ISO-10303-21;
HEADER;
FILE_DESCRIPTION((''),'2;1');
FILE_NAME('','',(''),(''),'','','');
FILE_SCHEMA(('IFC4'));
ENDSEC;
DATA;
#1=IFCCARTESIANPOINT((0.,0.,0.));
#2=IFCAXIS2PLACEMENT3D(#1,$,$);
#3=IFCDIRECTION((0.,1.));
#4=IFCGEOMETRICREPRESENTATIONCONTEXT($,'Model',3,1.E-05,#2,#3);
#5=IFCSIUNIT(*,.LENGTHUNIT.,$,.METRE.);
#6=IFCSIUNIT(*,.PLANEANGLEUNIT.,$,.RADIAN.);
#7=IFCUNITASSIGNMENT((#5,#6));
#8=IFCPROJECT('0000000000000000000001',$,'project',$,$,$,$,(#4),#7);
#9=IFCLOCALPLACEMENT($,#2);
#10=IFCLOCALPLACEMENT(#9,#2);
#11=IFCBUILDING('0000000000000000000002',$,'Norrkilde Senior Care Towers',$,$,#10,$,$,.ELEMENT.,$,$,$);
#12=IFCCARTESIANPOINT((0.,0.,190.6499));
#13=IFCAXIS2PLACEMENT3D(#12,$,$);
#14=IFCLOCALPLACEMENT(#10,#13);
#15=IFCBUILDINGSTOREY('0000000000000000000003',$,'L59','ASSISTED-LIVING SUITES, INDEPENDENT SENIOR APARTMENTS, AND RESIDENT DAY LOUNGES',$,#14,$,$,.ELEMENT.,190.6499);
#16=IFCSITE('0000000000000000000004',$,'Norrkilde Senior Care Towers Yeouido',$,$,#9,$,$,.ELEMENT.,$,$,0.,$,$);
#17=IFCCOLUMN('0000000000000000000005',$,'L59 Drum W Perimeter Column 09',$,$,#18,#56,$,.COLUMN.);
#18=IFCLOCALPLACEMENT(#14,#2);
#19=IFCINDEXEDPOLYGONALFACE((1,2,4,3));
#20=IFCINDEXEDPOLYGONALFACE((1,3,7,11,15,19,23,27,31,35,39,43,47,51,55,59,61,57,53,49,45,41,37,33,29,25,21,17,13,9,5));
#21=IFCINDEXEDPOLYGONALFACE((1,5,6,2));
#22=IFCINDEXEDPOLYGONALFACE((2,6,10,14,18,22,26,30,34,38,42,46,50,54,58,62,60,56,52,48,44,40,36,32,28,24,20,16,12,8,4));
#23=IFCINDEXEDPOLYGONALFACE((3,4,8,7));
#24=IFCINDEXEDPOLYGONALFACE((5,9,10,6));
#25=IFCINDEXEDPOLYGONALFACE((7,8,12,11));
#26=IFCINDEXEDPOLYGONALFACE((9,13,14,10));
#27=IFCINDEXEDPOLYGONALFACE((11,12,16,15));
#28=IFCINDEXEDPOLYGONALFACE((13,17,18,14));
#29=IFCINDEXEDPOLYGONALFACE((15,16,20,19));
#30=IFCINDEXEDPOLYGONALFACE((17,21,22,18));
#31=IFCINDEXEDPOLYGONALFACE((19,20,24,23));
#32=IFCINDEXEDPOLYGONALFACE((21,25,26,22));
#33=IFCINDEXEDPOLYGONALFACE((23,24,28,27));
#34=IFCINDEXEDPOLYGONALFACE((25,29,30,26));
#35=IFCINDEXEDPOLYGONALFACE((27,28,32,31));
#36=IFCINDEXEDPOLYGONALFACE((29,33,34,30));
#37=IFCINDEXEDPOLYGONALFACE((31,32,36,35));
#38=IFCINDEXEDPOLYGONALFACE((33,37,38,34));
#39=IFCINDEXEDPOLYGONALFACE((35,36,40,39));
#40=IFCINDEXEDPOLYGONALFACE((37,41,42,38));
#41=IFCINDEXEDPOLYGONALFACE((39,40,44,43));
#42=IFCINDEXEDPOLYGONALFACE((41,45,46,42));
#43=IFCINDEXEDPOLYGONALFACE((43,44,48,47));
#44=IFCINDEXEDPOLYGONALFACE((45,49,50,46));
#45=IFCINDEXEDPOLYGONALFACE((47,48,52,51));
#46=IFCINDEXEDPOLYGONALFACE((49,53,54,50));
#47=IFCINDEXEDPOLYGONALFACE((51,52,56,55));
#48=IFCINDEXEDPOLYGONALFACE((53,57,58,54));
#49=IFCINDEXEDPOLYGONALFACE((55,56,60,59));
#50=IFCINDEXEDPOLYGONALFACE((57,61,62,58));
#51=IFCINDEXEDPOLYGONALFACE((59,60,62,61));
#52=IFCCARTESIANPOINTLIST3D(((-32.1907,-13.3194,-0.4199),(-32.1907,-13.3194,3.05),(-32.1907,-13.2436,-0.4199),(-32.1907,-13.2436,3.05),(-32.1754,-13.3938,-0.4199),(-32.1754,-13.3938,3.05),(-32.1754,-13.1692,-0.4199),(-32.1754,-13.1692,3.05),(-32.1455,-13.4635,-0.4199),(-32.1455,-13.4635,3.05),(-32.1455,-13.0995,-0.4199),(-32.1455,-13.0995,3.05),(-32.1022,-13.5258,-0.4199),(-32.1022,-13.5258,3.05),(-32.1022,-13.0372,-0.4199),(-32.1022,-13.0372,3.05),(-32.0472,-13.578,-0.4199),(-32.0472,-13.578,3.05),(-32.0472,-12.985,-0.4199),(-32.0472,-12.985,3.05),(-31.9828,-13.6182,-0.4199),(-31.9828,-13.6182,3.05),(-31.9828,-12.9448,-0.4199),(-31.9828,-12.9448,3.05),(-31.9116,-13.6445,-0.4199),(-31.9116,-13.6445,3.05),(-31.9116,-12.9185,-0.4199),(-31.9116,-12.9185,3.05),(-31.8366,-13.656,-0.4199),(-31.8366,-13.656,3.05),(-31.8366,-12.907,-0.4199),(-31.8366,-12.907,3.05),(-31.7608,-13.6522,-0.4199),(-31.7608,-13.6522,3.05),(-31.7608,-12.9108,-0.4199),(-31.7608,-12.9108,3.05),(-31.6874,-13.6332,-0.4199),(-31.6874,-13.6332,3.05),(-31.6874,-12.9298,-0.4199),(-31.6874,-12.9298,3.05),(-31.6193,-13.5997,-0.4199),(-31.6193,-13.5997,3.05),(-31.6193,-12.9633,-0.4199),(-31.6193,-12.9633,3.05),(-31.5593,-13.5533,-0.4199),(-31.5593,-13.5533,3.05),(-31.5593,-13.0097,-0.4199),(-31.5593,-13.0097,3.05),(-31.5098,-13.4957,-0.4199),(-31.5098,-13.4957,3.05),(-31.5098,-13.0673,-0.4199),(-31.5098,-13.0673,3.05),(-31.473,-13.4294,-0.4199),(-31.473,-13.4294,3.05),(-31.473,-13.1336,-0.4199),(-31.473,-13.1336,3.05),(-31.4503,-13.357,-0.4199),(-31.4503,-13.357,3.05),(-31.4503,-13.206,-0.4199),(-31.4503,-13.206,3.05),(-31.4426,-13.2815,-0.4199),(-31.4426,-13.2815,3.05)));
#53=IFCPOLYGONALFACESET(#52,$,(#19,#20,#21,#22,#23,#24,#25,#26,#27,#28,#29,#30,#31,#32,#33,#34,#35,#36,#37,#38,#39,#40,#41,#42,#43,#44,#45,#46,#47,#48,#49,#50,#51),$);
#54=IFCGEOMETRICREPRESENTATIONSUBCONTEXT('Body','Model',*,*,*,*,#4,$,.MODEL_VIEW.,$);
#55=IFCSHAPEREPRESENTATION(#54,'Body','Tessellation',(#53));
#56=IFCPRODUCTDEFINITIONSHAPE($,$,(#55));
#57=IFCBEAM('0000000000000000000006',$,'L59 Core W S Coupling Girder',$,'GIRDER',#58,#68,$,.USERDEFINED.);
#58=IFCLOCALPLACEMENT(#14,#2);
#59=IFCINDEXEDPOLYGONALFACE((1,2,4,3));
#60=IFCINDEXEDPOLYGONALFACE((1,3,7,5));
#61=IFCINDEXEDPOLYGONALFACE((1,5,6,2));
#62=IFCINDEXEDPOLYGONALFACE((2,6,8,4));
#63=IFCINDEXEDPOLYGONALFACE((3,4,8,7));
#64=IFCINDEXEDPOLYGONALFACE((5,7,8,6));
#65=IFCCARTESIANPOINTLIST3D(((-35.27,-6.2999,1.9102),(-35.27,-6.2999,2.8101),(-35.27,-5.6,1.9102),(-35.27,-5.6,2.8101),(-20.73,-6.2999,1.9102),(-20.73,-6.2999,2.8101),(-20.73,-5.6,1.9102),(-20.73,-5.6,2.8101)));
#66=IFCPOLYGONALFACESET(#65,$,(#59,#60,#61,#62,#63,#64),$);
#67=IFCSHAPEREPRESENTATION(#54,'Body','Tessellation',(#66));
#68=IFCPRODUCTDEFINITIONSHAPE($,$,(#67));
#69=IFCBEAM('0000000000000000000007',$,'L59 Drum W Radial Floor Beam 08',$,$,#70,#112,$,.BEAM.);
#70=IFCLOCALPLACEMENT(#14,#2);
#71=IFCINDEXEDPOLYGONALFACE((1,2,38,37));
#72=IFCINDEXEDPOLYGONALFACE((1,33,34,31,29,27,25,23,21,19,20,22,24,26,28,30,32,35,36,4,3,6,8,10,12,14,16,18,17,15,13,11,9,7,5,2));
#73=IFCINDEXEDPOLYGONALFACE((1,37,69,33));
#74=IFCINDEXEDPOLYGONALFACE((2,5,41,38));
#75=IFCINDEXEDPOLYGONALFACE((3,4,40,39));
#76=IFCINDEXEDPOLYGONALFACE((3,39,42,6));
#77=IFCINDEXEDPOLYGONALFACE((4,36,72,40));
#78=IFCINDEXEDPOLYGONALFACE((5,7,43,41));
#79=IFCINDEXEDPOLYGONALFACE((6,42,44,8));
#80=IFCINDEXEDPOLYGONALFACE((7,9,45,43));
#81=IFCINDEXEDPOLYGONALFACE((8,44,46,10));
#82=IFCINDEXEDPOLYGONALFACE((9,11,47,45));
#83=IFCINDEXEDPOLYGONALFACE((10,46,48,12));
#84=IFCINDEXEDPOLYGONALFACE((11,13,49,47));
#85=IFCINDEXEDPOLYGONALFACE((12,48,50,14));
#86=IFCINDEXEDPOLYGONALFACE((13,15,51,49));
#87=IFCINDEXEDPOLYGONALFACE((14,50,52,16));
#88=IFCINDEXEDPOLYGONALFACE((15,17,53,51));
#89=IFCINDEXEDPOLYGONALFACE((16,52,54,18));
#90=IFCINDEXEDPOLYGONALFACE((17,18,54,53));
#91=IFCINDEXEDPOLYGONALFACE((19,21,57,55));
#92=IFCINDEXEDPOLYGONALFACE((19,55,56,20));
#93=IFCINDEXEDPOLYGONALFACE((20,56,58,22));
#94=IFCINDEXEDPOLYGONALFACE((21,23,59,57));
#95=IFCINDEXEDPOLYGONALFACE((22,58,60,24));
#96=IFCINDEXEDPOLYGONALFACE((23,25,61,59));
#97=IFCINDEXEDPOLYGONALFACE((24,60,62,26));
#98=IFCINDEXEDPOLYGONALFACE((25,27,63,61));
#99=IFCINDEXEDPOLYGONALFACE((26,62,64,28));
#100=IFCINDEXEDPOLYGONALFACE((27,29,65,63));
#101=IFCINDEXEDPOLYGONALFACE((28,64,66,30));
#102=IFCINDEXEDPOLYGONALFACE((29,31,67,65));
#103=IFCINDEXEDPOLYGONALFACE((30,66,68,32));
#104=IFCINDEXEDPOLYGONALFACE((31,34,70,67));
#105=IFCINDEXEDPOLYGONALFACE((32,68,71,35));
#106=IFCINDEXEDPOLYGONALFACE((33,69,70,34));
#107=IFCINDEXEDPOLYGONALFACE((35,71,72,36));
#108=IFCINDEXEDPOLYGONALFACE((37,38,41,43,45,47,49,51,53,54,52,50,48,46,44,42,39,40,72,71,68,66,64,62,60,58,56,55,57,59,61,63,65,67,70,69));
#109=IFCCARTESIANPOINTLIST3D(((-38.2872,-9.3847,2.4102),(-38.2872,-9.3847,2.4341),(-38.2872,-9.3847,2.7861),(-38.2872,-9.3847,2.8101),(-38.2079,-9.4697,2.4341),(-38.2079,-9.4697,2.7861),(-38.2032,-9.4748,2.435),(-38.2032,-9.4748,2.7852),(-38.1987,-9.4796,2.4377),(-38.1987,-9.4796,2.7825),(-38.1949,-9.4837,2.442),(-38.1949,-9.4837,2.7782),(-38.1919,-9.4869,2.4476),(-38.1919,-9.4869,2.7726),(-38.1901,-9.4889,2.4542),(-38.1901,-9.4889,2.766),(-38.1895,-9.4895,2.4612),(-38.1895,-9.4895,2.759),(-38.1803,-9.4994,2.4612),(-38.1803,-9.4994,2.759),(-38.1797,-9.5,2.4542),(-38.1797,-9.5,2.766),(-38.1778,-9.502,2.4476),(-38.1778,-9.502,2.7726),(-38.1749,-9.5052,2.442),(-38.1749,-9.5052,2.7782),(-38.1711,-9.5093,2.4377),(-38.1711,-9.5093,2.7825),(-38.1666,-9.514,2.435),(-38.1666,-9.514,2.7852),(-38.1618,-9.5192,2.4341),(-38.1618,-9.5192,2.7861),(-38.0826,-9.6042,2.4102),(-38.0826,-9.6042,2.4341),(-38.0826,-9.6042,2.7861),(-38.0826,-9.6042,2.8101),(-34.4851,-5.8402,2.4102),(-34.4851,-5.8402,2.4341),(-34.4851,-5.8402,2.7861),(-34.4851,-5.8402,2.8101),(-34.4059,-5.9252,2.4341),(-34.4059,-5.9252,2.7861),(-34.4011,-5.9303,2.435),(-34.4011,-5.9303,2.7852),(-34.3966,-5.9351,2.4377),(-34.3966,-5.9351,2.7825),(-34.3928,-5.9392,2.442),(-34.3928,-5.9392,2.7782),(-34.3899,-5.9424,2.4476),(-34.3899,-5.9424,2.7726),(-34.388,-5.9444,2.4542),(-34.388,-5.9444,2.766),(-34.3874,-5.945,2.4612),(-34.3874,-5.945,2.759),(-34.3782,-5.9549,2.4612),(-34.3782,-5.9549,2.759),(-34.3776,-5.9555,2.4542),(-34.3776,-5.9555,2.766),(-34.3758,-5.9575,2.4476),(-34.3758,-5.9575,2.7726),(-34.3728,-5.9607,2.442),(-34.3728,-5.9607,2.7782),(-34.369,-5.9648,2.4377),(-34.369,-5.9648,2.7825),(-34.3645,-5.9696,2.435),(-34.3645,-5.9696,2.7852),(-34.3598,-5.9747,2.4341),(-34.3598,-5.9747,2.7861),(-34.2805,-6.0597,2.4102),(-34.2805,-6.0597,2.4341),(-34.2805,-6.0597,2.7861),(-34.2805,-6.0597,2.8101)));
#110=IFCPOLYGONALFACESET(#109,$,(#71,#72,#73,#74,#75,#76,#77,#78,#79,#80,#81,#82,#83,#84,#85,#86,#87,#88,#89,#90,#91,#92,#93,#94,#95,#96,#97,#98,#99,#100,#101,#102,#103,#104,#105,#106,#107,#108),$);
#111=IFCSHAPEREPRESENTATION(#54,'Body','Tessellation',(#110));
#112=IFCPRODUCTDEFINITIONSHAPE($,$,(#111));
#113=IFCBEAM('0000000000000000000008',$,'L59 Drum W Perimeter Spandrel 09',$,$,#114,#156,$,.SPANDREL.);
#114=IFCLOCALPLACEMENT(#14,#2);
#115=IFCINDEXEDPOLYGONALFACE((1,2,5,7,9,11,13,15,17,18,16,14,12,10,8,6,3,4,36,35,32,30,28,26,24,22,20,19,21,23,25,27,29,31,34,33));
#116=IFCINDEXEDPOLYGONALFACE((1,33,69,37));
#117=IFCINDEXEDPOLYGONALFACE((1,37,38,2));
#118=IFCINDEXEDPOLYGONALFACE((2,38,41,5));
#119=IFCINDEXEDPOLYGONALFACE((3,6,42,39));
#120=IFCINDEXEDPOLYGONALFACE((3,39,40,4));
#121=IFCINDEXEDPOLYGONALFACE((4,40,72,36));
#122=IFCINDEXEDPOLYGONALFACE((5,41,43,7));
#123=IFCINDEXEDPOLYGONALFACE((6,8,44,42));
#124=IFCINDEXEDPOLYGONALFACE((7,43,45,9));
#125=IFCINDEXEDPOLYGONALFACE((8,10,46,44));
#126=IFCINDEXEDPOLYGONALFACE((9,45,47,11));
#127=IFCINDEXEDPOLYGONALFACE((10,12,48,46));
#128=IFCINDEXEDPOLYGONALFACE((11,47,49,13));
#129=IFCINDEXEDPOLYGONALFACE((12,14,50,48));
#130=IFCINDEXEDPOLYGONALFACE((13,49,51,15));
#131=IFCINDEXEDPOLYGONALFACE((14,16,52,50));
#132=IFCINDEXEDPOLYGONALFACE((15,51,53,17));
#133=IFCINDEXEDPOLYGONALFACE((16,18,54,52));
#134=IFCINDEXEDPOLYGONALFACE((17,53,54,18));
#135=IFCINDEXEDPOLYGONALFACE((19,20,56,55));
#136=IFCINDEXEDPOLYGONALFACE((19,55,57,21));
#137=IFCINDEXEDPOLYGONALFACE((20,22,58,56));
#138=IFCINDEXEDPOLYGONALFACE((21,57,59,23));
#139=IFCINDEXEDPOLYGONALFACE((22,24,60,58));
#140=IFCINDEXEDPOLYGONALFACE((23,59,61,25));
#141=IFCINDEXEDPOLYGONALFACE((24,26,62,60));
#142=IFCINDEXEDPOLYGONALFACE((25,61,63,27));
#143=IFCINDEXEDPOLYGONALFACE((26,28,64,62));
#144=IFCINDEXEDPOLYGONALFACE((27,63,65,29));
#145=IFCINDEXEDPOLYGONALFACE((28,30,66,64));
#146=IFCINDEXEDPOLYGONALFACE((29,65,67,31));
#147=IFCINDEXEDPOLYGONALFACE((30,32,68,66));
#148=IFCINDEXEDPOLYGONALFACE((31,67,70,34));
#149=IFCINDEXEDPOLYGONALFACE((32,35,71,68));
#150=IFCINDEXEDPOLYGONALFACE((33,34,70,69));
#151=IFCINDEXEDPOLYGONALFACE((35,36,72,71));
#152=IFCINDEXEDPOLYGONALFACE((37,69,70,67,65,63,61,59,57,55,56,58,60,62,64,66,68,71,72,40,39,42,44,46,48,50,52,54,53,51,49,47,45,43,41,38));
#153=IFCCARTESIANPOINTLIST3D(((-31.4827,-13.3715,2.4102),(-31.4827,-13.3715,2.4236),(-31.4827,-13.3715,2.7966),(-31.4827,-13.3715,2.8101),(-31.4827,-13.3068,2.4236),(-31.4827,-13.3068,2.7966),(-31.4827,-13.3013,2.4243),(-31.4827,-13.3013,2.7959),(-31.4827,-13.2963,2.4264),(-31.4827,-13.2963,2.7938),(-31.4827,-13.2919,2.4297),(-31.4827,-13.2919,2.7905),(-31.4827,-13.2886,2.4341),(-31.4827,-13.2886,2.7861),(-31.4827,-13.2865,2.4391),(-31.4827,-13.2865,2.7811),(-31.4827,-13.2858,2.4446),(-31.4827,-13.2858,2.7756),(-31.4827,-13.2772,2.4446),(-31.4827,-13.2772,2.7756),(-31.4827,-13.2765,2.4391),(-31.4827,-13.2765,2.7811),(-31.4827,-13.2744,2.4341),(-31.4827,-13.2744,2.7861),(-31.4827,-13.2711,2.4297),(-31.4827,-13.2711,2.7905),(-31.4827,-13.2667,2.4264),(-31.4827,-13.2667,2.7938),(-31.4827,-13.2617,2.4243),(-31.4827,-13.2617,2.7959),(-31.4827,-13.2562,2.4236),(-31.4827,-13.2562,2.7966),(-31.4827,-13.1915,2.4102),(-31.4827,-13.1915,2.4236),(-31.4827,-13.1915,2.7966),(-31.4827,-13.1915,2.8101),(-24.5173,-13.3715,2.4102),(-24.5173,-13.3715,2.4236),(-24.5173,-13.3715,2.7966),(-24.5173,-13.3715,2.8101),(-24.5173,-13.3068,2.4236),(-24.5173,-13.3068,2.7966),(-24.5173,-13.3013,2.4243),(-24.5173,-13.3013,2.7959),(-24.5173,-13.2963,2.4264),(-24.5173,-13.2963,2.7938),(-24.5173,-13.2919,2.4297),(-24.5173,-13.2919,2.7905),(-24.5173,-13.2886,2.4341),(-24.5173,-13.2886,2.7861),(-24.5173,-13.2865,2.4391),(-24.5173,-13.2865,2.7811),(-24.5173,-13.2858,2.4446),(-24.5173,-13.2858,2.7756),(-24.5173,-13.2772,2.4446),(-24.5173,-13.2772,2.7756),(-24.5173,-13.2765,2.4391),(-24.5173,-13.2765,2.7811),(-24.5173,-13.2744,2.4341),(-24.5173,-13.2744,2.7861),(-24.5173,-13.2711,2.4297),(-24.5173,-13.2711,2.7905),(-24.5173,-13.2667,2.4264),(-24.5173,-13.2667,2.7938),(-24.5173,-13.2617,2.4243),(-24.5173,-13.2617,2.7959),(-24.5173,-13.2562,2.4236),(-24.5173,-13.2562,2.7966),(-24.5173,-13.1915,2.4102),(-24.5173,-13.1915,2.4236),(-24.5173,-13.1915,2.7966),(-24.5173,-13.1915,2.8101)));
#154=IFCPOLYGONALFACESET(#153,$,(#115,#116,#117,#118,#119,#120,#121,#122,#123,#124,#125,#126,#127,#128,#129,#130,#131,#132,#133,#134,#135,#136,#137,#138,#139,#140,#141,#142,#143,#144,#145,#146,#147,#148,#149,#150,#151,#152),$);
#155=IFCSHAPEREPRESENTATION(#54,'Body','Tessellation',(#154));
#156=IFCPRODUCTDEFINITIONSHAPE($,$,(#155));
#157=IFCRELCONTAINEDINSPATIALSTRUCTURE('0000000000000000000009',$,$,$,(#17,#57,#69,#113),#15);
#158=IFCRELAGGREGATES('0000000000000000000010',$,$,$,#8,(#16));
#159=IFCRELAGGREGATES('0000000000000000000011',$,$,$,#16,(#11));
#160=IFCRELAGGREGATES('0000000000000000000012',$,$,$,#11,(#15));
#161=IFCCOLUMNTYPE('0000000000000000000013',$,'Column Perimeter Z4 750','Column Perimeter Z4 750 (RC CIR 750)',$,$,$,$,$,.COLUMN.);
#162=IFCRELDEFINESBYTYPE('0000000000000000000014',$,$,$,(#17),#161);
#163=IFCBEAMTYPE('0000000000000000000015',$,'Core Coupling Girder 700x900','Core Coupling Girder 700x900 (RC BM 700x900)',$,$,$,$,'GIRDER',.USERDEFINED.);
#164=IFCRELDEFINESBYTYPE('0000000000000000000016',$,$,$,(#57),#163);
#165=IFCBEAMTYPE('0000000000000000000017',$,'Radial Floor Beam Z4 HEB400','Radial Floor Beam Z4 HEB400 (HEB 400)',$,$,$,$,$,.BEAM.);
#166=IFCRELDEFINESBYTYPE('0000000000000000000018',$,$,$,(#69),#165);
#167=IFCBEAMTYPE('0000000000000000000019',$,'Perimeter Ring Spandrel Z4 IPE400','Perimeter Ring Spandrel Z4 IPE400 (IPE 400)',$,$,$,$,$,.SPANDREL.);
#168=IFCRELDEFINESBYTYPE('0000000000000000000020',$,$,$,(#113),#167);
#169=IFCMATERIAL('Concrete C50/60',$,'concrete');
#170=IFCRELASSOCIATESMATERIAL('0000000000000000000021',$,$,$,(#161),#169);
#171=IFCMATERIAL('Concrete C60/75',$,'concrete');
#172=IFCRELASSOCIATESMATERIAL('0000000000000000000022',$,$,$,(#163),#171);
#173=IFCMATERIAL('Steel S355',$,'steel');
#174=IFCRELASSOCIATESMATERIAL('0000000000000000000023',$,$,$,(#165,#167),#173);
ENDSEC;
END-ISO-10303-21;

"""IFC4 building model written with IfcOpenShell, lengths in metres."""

from ifc_helpers import new_model, si_unit, direction, frame, origin, origin_2d, place, context, subcontext, project, spatial, rectangle, circle, i_section, extrude, source, transform, mapped, material, material_profile, profile_set, type_object, type_shapes, element, save


model = new_model("IFC4")

# Units and contexts
model_context = context("Model", 3, precision=1e-05, world=origin(), true_north=direction((0.0, 1.0)))
body_context = subcontext(model_context, "Body", "Model", "MODEL_VIEW")
ifc_project = project(units=[si_unit("LENGTHUNIT", "METRE"), si_unit("PLANEANGLEUNIT", "RADIAN")], contexts=[model_context])

# Site, building, storey
site_placement = place(None, origin())
site = spatial("IfcSite", under=ifc_project, at=site_placement, Name="Norrkilde Senior Care Towers Yeouido", CompositionType="ELEMENT", RefElevation=0.0)
building_placement = place(site_placement, origin())
building = spatial("IfcBuilding", under=site, at=building_placement, Name="Norrkilde Senior Care Towers", CompositionType="ELEMENT")
storey_placement = place(building_placement, frame((0.0, 0.0, 190.6499)))
storey = spatial("IfcBuildingStorey", under=building, at=storey_placement, Name="L59", Description="ASSISTED-LIVING SUITES, INDEPENDENT SENIOR APARTMENTS, AND RESIDENT DAY LOUNGES", CompositionType="ELEMENT", Elevation=190.6499)

# Column
ifc_material_1 = material(Name="Concrete C50/60", Category="concrete")
ifc_material_profile_1 = material_profile(ifc_material_1, circle(Radius=0.375, at=origin_2d()), Name="RC CIR 750")
ifc_profile_set_1 = profile_set([ifc_material_profile_1], Name="Concrete C50/60")
column_type = type_object("IfcColumnType", Name="Column Perimeter Z4 750", Description="Column Perimeter Z4 750 (RC CIR 750)", PredefinedType="COLUMN", material=ifc_profile_set_1)
shared_shape_1 = source(origin(), body_context, "Body", "SweptSolid", [
    extrude(circle(Radius=0.375, at=origin_2d()), origin(), (0.0, 0.0, 1.0), 3.47),
])
type_shapes(column_type, [shared_shape_1])
column_placement = place(storey_placement, frame((-31.8176, -13.2815, -0.4199), z_axis=(0.0, 0.0, 1.0), x_axis=(1.0, 0.0, 0.0)))
element("IfcColumn", 1, at=column_placement, inside=storey, type_object=column_type, Name="L59 Drum W Perimeter Column 09", PredefinedType="COLUMN", context=body_context, shape_type="MappedRepresentation", body=[
    mapped(shared_shape_1, transform((0.0, 0.0, 0.0), x_axis=(1.0, 0.0, 0.0), y_axis=(0.0, 1.0, 0.0), z_axis=(0.0, 0.0, 1.0), scale=1.0)),
])

# Beams
ifc_material_2 = material(Name="Concrete C60/75", Category="concrete")
ifc_material_profile_2 = material_profile(ifc_material_2, rectangle(XDim=0.7, YDim=0.8999, at=origin_2d()), Name="RC BM 700x900")
ifc_profile_set_2 = profile_set([ifc_material_profile_2], Name="Concrete C60/75")
beam_type_1 = type_object("IfcBeamType", Name="Core Coupling Girder 700x900", Description="Core Coupling Girder 700x900 (RC BM 700x900)", ElementType="GIRDER", PredefinedType="USERDEFINED", material=ifc_profile_set_2)
shared_shape_2 = source(origin(), body_context, "Body", "SweptSolid", [
    extrude(rectangle(XDim=0.7, YDim=0.8999, at=origin_2d()), origin(), (0.0, 0.0, 1.0), 14.54),
])
type_shapes(beam_type_1, [shared_shape_2])
beam_1_placement = place(storey_placement, frame((-35.27, -5.95, 2.3601), z_axis=(1.0, 0.0, 0.0), x_axis=(0.0, 1.0, 0.0)))
element("IfcBeam", 2, at=beam_1_placement, inside=storey, type_object=beam_type_1, Name="L59 Core W S Coupling Girder", ObjectType="GIRDER", PredefinedType="USERDEFINED", context=body_context, shape_type="MappedRepresentation", body=[
    mapped(shared_shape_2, transform((0.0, 0.0, 0.0), x_axis=(1.0, 0.0, 0.0), y_axis=(0.0, 1.0, 0.0), z_axis=(0.0, 0.0, 1.0), scale=1.0)),
])
ifc_material_3 = material(Name="Steel S355", Category="steel")
ifc_material_profile_3 = material_profile(ifc_material_3, i_section(OverallWidth=0.3, OverallDepth=0.3999, WebThickness=0.0134, FlangeThickness=0.0239, FilletRadius=0.0271, at=origin_2d()), Name="HEB 400")
ifc_profile_set_3 = profile_set([ifc_material_profile_3], Name="Steel S355")
beam_type_2 = type_object("IfcBeamType", Name="Radial Floor Beam Z4 HEB400", Description="Radial Floor Beam Z4 HEB400 (HEB 400)", PredefinedType="BEAM", material=ifc_profile_set_3)
shared_shape_3 = source(origin(), body_context, "Body", "SweptSolid", [
    extrude(i_section(OverallWidth=0.3, OverallDepth=0.3999, WebThickness=0.0134, FlangeThickness=0.0239, FilletRadius=0.0271, at=origin_2d()), origin(), (0.0, 0.0, 1.0), 5.198),
])
beam_2_placement = place(storey_placement, frame((-34.3828, -5.95, 2.6101), z_axis=(-0.731449, -0.681896, 0.0), x_axis=(0.681896, -0.731449, 0.0)))
element("IfcBeam", 3, at=beam_2_placement, inside=storey, type_object=beam_type_2, Name="L59 Drum W Radial Floor Beam 08", PredefinedType="BEAM", context=body_context, shape_type="MappedRepresentation", body=[
    mapped(shared_shape_3, transform((0.0, 0.0, 0.0), x_axis=(1.0, 0.0, 0.0), y_axis=(0.0, 1.0, 0.0), z_axis=(0.0, 0.0, 1.0), scale=1.0)),
])
ifc_material_profile_4 = material_profile(ifc_material_3, i_section(OverallWidth=0.1799, OverallDepth=0.3999, WebThickness=0.0085, FlangeThickness=0.0134, FilletRadius=0.021, at=origin_2d()), Name="IPE 400")
ifc_profile_set_4 = profile_set([ifc_material_profile_4], Name="Steel S355")
beam_type_3 = type_object("IfcBeamType", Name="Perimeter Ring Spandrel Z4 IPE400", Description="Perimeter Ring Spandrel Z4 IPE400 (IPE 400)", PredefinedType="SPANDREL", material=ifc_profile_set_4)
shared_shape_4 = source(origin(), body_context, "Body", "SweptSolid", [
    extrude(i_section(OverallWidth=0.1799, OverallDepth=0.3999, WebThickness=0.0085, FlangeThickness=0.0134, FilletRadius=0.021, at=origin_2d()), origin(), (0.0, 0.0, 1.0), 6.9653),
])
type_shapes(beam_type_3, [shared_shape_4])
beam_3_placement = place(storey_placement, frame((-31.4827, -13.2815, 2.6101), z_axis=(1.0, 0.0, 0.0), x_axis=(0.0, 1.0, 0.0)))
element("IfcBeam", 4, at=beam_3_placement, inside=storey, type_object=beam_type_3, Name="L59 Drum W Perimeter Spandrel 09", PredefinedType="SPANDREL", context=body_context, shape_type="MappedRepresentation", body=[
    mapped(shared_shape_4, transform((0.0, 0.0, 0.0), x_axis=(1.0, 0.0, 0.0), y_axis=(0.0, 1.0, 0.0), z_axis=(0.0, 0.0, 1.0), scale=1.0)),
])

save(model, "model.ifc")
